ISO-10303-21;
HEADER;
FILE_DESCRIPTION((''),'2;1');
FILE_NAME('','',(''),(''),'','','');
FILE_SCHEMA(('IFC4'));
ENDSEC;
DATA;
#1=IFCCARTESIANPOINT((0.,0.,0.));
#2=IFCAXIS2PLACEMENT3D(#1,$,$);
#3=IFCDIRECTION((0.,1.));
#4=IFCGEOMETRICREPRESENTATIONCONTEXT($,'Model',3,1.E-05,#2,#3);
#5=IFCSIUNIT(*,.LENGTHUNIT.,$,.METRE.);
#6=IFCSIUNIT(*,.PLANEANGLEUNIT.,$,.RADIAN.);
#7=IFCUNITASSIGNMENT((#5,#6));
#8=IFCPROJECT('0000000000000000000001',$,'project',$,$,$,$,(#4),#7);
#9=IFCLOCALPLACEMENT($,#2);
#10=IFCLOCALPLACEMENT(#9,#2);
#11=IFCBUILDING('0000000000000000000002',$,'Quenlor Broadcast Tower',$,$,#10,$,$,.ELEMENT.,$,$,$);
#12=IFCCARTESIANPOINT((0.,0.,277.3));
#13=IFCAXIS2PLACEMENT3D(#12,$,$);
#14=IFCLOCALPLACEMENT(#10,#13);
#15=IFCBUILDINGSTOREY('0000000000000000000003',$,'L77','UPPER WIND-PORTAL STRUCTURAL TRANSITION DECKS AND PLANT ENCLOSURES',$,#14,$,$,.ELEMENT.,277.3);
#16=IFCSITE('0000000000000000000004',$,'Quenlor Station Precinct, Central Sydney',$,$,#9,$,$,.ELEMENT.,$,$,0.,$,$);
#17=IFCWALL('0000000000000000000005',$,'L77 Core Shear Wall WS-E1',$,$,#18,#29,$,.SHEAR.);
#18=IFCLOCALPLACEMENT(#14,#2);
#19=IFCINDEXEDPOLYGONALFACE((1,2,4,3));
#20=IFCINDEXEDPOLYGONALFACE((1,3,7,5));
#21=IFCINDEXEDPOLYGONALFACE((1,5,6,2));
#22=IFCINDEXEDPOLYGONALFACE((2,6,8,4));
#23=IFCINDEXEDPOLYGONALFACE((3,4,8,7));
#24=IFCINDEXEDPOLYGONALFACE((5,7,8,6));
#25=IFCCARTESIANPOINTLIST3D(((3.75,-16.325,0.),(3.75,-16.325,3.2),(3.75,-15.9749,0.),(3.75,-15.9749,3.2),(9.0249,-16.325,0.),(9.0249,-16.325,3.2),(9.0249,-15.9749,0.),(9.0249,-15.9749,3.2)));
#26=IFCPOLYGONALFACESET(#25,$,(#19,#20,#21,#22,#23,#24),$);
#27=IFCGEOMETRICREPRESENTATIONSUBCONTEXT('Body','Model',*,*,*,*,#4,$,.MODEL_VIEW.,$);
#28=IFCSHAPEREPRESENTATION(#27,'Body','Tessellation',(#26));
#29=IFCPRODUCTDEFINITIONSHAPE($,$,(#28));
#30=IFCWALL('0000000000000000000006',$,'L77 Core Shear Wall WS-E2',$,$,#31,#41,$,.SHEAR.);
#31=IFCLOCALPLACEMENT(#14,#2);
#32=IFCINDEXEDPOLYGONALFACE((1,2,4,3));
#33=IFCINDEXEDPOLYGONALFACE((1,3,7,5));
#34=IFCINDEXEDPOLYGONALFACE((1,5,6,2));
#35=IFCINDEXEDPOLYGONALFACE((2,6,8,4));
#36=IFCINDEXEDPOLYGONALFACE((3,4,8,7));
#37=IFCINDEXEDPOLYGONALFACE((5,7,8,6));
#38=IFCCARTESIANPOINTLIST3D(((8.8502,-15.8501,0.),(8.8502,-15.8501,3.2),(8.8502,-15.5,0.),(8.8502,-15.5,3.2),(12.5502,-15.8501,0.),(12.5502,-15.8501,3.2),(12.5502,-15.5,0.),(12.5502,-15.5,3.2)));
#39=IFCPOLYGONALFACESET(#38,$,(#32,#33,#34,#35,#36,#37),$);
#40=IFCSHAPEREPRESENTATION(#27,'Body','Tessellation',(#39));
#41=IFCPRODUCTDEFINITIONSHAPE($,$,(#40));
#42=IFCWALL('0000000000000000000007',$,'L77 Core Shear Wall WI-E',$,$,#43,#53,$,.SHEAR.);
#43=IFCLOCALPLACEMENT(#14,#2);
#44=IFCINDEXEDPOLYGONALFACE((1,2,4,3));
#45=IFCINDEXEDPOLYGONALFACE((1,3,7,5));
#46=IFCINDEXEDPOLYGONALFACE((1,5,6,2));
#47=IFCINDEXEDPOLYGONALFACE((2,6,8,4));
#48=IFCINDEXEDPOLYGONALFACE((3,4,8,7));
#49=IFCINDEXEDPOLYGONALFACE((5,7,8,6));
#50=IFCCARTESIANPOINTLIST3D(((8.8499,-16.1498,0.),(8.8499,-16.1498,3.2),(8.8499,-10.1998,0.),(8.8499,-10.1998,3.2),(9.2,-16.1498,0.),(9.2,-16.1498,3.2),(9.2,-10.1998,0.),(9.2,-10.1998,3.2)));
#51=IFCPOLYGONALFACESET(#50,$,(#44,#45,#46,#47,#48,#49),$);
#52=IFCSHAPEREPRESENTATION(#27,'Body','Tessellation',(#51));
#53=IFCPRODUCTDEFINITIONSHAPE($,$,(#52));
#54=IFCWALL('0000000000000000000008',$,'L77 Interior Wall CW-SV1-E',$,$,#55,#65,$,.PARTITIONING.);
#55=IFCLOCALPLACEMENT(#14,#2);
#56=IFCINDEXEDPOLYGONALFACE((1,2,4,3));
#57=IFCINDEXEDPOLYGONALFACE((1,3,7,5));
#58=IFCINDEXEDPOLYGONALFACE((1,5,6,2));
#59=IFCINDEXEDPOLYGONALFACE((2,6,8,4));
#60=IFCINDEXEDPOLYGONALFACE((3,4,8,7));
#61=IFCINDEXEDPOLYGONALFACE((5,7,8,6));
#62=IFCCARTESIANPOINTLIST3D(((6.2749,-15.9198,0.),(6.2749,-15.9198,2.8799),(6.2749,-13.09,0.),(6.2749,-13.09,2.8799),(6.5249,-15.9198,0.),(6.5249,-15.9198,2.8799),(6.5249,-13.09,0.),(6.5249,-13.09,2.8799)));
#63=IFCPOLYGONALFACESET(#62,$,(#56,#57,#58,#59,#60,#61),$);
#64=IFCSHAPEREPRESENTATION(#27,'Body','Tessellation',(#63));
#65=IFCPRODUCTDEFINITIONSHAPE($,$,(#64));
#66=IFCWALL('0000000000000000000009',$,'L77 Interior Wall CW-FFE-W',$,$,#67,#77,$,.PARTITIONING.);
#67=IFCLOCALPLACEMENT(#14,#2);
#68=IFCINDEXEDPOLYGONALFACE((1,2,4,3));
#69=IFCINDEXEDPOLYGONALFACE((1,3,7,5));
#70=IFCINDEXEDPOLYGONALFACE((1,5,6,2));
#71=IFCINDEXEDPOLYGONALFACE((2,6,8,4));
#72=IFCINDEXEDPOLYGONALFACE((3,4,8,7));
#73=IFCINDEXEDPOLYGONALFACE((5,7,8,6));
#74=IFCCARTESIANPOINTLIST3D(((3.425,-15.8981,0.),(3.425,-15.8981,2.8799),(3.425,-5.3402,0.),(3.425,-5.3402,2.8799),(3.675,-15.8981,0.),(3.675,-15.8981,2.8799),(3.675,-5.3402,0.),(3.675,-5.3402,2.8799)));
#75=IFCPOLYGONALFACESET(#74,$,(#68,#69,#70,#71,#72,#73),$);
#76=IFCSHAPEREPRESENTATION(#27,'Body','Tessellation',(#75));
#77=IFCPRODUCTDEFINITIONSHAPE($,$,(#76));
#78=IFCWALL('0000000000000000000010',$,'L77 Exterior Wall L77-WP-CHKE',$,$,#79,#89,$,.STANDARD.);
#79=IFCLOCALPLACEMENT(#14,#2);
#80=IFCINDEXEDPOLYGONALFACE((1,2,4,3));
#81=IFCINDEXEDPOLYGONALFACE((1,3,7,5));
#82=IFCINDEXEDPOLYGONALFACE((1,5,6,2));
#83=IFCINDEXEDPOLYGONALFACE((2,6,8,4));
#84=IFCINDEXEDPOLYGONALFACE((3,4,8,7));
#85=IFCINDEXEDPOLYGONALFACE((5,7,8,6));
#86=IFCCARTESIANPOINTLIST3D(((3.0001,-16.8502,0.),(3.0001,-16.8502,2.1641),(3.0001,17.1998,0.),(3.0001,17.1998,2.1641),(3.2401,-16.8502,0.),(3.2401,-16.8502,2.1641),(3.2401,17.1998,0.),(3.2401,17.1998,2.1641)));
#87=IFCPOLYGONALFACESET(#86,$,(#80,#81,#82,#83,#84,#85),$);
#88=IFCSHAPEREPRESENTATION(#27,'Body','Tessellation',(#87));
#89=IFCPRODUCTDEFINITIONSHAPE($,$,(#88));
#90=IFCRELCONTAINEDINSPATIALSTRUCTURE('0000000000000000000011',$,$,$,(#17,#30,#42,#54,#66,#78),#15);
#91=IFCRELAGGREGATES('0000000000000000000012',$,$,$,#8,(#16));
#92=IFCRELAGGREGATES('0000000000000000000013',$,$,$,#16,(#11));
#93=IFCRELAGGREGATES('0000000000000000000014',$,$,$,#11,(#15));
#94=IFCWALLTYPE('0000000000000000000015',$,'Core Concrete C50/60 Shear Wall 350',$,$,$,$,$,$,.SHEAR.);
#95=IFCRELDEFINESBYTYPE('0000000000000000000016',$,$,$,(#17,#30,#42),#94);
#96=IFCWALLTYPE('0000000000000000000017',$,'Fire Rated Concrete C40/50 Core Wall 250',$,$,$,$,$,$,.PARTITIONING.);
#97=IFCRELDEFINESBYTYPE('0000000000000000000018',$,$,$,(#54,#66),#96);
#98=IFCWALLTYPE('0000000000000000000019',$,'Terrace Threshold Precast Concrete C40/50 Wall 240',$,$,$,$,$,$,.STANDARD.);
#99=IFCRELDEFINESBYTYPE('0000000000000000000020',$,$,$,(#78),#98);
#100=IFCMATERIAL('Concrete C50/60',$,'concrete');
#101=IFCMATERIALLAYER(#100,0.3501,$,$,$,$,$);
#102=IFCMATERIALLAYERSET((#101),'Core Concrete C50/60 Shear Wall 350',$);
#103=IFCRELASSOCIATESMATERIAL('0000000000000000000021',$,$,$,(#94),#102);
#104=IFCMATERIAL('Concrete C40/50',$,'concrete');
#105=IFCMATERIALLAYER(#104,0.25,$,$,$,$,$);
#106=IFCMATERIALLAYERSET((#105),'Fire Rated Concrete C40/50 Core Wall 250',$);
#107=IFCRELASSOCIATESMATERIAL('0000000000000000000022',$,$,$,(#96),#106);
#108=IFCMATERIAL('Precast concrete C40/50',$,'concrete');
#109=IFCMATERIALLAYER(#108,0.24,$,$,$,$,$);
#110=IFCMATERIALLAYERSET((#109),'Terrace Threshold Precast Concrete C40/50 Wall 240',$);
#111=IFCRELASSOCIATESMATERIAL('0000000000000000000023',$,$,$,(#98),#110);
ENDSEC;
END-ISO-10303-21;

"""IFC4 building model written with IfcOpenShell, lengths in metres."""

from ifc_helpers import new_model, si_unit, direction, frame, frame_2d, origin, place, context, subcontext, project, spatial, rectangle, extrude, material, layer, layer_set, type_object, element, save


model = new_model("IFC4")

# Units and contexts
model_context = context("Model", 3, precision=1e-05, world=origin(), true_north=direction((0.0, 1.0)))
body_context = subcontext(model_context, "Body", "Model", "MODEL_VIEW")
ifc_project = project(units=[si_unit("LENGTHUNIT", "METRE"), si_unit("PLANEANGLEUNIT", "RADIAN")], contexts=[model_context])

# Site, building, storey
site_placement = place(None, origin())
site = spatial("IfcSite", under=ifc_project, at=site_placement, Name="Quenlor Station Precinct, Central Sydney", CompositionType="ELEMENT", RefElevation=0.0)
building_placement = place(site_placement, origin())
building = spatial("IfcBuilding", under=site, at=building_placement, Name="Quenlor Broadcast Tower", CompositionType="ELEMENT")
storey_placement = place(building_placement, frame((0.0, 0.0, 277.3)))
storey = spatial("IfcBuildingStorey", under=building, at=storey_placement, Name="L77", Description="UPPER WIND-PORTAL STRUCTURAL TRANSITION DECKS AND PLANT ENCLOSURES", CompositionType="ELEMENT", Elevation=277.3)

# Walls
ifc_material_1 = material(Name="Concrete C50/60", Category="concrete")
ifc_layer_1 = layer(ifc_material_1, 0.3501)
ifc_layer_set_1 = layer_set([ifc_layer_1], Name="Core Concrete C50/60 Shear Wall 350")
wall_type_1 = type_object("IfcWallType", Name="Core Concrete C50/60 Shear Wall 350", PredefinedType="SHEAR", material=ifc_layer_set_1)
wall_1_placement = place(storey_placement, frame((3.75, -16.1499, 0.0), z_axis=(0.0, 0.0, 1.0), x_axis=(1.0, 0.0, 0.0)))
element("IfcWall", 1, at=wall_1_placement, inside=storey, type_object=wall_type_1, Name="L77 Core Shear Wall WS-E1", PredefinedType="SHEAR", context=body_context, shape_type="SweptSolid", body=[
    extrude(rectangle(XDim=5.2749, YDim=0.3501, at=frame_2d((2.6375, 0.0))), origin(), (0.0, 0.0, 1.0), 3.2),
])
wall_2_placement = place(storey_placement, frame((8.8501, -15.675, 0.0), z_axis=(0.0, 0.0, 1.0), x_axis=(1.0, 0.0, 0.0)))
element("IfcWall", 2, at=wall_2_placement, inside=storey, type_object=wall_type_1, Name="L77 Core Shear Wall WS-E2", PredefinedType="SHEAR", context=body_context, shape_type="SweptSolid", body=[
    extrude(rectangle(XDim=3.7, YDim=0.3501, at=frame_2d((1.8501, 0.0))), origin(), (0.0, 0.0, 1.0), 3.2),
])
wall_3_placement = place(storey_placement, frame((9.0249, -16.1499, 0.0), z_axis=(0.0, 0.0, 1.0), x_axis=(0.0, 1.0, 0.0)))
element("IfcWall", 3, at=wall_3_placement, inside=storey, type_object=wall_type_1, Name="L77 Core Shear Wall WI-E", PredefinedType="SHEAR", context=body_context, shape_type="SweptSolid", body=[
    extrude(rectangle(XDim=5.95, YDim=0.3501, at=frame_2d((2.9751, 0.0))), origin(), (0.0, 0.0, 1.0), 3.2),
])

# Shared definitions
ifc_material_2 = material(Name="Concrete C40/50", Category="concrete")
ifc_layer_2 = layer(ifc_material_2, 0.25)
ifc_layer_set_2 = layer_set([ifc_layer_2], Name="Fire Rated Concrete C40/50 Core Wall 250")
wall_type_2 = type_object("IfcWallType", Name="Fire Rated Concrete C40/50 Core Wall 250", PredefinedType="PARTITIONING", material=ifc_layer_set_2)

# Walls
wall_4_placement = place(storey_placement, frame((6.3999, -15.9199, 0.0), z_axis=(0.0, 0.0, 1.0), x_axis=(0.0, 1.0, 0.0)))
element("IfcWall", 4, at=wall_4_placement, inside=storey, type_object=wall_type_2, Name="L77 Interior Wall CW-SV1-E", PredefinedType="PARTITIONING", context=body_context, shape_type="SweptSolid", body=[
    extrude(rectangle(XDim=2.8298, YDim=0.25, at=frame_2d((1.415, 0.0))), origin(), (0.0, 0.0, 1.0), 2.8799),
])
wall_5_placement = place(storey_placement, frame((3.55, -15.8979, 0.0), z_axis=(0.0, 0.0, 1.0), x_axis=(0.0, 1.0, 0.0)))
element("IfcWall", 5, at=wall_5_placement, inside=storey, type_object=wall_type_2, Name="L77 Interior Wall CW-FFE-W", PredefinedType="PARTITIONING", context=body_context, shape_type="SweptSolid", body=[
    extrude(rectangle(XDim=10.5579, YDim=0.25, at=frame_2d((5.2788, 0.0))), origin(), (0.0, 0.0, 1.0), 2.8799),
])
ifc_material_3 = material(Name="Precast concrete C40/50", Category="concrete")
ifc_layer_3 = layer(ifc_material_3, 0.24)
ifc_layer_set_3 = layer_set([ifc_layer_3], Name="Terrace Threshold Precast Concrete C40/50 Wall 240")
wall_type_3 = type_object("IfcWallType", Name="Terrace Threshold Precast Concrete C40/50 Wall 240", PredefinedType="STANDARD", material=ifc_layer_set_3)
wall_6_placement = place(storey_placement, frame((3.1201, -16.8501, 0.0), z_axis=(0.0, 0.0, 1.0), x_axis=(0.0, 1.0, 0.0)))
element("IfcWall", 6, at=wall_6_placement, inside=storey, type_object=wall_type_3, Name="L77 Exterior Wall L77-WP-CHKE", PredefinedType="STANDARD", context=body_context, shape_type="SweptSolid", body=[
    extrude(rectangle(XDim=34.05, YDim=0.24, at=frame_2d((17.0249, 0.0))), origin(), (0.0, 0.0, 1.0), 2.1641),
])

save(model, "model.ifc")
